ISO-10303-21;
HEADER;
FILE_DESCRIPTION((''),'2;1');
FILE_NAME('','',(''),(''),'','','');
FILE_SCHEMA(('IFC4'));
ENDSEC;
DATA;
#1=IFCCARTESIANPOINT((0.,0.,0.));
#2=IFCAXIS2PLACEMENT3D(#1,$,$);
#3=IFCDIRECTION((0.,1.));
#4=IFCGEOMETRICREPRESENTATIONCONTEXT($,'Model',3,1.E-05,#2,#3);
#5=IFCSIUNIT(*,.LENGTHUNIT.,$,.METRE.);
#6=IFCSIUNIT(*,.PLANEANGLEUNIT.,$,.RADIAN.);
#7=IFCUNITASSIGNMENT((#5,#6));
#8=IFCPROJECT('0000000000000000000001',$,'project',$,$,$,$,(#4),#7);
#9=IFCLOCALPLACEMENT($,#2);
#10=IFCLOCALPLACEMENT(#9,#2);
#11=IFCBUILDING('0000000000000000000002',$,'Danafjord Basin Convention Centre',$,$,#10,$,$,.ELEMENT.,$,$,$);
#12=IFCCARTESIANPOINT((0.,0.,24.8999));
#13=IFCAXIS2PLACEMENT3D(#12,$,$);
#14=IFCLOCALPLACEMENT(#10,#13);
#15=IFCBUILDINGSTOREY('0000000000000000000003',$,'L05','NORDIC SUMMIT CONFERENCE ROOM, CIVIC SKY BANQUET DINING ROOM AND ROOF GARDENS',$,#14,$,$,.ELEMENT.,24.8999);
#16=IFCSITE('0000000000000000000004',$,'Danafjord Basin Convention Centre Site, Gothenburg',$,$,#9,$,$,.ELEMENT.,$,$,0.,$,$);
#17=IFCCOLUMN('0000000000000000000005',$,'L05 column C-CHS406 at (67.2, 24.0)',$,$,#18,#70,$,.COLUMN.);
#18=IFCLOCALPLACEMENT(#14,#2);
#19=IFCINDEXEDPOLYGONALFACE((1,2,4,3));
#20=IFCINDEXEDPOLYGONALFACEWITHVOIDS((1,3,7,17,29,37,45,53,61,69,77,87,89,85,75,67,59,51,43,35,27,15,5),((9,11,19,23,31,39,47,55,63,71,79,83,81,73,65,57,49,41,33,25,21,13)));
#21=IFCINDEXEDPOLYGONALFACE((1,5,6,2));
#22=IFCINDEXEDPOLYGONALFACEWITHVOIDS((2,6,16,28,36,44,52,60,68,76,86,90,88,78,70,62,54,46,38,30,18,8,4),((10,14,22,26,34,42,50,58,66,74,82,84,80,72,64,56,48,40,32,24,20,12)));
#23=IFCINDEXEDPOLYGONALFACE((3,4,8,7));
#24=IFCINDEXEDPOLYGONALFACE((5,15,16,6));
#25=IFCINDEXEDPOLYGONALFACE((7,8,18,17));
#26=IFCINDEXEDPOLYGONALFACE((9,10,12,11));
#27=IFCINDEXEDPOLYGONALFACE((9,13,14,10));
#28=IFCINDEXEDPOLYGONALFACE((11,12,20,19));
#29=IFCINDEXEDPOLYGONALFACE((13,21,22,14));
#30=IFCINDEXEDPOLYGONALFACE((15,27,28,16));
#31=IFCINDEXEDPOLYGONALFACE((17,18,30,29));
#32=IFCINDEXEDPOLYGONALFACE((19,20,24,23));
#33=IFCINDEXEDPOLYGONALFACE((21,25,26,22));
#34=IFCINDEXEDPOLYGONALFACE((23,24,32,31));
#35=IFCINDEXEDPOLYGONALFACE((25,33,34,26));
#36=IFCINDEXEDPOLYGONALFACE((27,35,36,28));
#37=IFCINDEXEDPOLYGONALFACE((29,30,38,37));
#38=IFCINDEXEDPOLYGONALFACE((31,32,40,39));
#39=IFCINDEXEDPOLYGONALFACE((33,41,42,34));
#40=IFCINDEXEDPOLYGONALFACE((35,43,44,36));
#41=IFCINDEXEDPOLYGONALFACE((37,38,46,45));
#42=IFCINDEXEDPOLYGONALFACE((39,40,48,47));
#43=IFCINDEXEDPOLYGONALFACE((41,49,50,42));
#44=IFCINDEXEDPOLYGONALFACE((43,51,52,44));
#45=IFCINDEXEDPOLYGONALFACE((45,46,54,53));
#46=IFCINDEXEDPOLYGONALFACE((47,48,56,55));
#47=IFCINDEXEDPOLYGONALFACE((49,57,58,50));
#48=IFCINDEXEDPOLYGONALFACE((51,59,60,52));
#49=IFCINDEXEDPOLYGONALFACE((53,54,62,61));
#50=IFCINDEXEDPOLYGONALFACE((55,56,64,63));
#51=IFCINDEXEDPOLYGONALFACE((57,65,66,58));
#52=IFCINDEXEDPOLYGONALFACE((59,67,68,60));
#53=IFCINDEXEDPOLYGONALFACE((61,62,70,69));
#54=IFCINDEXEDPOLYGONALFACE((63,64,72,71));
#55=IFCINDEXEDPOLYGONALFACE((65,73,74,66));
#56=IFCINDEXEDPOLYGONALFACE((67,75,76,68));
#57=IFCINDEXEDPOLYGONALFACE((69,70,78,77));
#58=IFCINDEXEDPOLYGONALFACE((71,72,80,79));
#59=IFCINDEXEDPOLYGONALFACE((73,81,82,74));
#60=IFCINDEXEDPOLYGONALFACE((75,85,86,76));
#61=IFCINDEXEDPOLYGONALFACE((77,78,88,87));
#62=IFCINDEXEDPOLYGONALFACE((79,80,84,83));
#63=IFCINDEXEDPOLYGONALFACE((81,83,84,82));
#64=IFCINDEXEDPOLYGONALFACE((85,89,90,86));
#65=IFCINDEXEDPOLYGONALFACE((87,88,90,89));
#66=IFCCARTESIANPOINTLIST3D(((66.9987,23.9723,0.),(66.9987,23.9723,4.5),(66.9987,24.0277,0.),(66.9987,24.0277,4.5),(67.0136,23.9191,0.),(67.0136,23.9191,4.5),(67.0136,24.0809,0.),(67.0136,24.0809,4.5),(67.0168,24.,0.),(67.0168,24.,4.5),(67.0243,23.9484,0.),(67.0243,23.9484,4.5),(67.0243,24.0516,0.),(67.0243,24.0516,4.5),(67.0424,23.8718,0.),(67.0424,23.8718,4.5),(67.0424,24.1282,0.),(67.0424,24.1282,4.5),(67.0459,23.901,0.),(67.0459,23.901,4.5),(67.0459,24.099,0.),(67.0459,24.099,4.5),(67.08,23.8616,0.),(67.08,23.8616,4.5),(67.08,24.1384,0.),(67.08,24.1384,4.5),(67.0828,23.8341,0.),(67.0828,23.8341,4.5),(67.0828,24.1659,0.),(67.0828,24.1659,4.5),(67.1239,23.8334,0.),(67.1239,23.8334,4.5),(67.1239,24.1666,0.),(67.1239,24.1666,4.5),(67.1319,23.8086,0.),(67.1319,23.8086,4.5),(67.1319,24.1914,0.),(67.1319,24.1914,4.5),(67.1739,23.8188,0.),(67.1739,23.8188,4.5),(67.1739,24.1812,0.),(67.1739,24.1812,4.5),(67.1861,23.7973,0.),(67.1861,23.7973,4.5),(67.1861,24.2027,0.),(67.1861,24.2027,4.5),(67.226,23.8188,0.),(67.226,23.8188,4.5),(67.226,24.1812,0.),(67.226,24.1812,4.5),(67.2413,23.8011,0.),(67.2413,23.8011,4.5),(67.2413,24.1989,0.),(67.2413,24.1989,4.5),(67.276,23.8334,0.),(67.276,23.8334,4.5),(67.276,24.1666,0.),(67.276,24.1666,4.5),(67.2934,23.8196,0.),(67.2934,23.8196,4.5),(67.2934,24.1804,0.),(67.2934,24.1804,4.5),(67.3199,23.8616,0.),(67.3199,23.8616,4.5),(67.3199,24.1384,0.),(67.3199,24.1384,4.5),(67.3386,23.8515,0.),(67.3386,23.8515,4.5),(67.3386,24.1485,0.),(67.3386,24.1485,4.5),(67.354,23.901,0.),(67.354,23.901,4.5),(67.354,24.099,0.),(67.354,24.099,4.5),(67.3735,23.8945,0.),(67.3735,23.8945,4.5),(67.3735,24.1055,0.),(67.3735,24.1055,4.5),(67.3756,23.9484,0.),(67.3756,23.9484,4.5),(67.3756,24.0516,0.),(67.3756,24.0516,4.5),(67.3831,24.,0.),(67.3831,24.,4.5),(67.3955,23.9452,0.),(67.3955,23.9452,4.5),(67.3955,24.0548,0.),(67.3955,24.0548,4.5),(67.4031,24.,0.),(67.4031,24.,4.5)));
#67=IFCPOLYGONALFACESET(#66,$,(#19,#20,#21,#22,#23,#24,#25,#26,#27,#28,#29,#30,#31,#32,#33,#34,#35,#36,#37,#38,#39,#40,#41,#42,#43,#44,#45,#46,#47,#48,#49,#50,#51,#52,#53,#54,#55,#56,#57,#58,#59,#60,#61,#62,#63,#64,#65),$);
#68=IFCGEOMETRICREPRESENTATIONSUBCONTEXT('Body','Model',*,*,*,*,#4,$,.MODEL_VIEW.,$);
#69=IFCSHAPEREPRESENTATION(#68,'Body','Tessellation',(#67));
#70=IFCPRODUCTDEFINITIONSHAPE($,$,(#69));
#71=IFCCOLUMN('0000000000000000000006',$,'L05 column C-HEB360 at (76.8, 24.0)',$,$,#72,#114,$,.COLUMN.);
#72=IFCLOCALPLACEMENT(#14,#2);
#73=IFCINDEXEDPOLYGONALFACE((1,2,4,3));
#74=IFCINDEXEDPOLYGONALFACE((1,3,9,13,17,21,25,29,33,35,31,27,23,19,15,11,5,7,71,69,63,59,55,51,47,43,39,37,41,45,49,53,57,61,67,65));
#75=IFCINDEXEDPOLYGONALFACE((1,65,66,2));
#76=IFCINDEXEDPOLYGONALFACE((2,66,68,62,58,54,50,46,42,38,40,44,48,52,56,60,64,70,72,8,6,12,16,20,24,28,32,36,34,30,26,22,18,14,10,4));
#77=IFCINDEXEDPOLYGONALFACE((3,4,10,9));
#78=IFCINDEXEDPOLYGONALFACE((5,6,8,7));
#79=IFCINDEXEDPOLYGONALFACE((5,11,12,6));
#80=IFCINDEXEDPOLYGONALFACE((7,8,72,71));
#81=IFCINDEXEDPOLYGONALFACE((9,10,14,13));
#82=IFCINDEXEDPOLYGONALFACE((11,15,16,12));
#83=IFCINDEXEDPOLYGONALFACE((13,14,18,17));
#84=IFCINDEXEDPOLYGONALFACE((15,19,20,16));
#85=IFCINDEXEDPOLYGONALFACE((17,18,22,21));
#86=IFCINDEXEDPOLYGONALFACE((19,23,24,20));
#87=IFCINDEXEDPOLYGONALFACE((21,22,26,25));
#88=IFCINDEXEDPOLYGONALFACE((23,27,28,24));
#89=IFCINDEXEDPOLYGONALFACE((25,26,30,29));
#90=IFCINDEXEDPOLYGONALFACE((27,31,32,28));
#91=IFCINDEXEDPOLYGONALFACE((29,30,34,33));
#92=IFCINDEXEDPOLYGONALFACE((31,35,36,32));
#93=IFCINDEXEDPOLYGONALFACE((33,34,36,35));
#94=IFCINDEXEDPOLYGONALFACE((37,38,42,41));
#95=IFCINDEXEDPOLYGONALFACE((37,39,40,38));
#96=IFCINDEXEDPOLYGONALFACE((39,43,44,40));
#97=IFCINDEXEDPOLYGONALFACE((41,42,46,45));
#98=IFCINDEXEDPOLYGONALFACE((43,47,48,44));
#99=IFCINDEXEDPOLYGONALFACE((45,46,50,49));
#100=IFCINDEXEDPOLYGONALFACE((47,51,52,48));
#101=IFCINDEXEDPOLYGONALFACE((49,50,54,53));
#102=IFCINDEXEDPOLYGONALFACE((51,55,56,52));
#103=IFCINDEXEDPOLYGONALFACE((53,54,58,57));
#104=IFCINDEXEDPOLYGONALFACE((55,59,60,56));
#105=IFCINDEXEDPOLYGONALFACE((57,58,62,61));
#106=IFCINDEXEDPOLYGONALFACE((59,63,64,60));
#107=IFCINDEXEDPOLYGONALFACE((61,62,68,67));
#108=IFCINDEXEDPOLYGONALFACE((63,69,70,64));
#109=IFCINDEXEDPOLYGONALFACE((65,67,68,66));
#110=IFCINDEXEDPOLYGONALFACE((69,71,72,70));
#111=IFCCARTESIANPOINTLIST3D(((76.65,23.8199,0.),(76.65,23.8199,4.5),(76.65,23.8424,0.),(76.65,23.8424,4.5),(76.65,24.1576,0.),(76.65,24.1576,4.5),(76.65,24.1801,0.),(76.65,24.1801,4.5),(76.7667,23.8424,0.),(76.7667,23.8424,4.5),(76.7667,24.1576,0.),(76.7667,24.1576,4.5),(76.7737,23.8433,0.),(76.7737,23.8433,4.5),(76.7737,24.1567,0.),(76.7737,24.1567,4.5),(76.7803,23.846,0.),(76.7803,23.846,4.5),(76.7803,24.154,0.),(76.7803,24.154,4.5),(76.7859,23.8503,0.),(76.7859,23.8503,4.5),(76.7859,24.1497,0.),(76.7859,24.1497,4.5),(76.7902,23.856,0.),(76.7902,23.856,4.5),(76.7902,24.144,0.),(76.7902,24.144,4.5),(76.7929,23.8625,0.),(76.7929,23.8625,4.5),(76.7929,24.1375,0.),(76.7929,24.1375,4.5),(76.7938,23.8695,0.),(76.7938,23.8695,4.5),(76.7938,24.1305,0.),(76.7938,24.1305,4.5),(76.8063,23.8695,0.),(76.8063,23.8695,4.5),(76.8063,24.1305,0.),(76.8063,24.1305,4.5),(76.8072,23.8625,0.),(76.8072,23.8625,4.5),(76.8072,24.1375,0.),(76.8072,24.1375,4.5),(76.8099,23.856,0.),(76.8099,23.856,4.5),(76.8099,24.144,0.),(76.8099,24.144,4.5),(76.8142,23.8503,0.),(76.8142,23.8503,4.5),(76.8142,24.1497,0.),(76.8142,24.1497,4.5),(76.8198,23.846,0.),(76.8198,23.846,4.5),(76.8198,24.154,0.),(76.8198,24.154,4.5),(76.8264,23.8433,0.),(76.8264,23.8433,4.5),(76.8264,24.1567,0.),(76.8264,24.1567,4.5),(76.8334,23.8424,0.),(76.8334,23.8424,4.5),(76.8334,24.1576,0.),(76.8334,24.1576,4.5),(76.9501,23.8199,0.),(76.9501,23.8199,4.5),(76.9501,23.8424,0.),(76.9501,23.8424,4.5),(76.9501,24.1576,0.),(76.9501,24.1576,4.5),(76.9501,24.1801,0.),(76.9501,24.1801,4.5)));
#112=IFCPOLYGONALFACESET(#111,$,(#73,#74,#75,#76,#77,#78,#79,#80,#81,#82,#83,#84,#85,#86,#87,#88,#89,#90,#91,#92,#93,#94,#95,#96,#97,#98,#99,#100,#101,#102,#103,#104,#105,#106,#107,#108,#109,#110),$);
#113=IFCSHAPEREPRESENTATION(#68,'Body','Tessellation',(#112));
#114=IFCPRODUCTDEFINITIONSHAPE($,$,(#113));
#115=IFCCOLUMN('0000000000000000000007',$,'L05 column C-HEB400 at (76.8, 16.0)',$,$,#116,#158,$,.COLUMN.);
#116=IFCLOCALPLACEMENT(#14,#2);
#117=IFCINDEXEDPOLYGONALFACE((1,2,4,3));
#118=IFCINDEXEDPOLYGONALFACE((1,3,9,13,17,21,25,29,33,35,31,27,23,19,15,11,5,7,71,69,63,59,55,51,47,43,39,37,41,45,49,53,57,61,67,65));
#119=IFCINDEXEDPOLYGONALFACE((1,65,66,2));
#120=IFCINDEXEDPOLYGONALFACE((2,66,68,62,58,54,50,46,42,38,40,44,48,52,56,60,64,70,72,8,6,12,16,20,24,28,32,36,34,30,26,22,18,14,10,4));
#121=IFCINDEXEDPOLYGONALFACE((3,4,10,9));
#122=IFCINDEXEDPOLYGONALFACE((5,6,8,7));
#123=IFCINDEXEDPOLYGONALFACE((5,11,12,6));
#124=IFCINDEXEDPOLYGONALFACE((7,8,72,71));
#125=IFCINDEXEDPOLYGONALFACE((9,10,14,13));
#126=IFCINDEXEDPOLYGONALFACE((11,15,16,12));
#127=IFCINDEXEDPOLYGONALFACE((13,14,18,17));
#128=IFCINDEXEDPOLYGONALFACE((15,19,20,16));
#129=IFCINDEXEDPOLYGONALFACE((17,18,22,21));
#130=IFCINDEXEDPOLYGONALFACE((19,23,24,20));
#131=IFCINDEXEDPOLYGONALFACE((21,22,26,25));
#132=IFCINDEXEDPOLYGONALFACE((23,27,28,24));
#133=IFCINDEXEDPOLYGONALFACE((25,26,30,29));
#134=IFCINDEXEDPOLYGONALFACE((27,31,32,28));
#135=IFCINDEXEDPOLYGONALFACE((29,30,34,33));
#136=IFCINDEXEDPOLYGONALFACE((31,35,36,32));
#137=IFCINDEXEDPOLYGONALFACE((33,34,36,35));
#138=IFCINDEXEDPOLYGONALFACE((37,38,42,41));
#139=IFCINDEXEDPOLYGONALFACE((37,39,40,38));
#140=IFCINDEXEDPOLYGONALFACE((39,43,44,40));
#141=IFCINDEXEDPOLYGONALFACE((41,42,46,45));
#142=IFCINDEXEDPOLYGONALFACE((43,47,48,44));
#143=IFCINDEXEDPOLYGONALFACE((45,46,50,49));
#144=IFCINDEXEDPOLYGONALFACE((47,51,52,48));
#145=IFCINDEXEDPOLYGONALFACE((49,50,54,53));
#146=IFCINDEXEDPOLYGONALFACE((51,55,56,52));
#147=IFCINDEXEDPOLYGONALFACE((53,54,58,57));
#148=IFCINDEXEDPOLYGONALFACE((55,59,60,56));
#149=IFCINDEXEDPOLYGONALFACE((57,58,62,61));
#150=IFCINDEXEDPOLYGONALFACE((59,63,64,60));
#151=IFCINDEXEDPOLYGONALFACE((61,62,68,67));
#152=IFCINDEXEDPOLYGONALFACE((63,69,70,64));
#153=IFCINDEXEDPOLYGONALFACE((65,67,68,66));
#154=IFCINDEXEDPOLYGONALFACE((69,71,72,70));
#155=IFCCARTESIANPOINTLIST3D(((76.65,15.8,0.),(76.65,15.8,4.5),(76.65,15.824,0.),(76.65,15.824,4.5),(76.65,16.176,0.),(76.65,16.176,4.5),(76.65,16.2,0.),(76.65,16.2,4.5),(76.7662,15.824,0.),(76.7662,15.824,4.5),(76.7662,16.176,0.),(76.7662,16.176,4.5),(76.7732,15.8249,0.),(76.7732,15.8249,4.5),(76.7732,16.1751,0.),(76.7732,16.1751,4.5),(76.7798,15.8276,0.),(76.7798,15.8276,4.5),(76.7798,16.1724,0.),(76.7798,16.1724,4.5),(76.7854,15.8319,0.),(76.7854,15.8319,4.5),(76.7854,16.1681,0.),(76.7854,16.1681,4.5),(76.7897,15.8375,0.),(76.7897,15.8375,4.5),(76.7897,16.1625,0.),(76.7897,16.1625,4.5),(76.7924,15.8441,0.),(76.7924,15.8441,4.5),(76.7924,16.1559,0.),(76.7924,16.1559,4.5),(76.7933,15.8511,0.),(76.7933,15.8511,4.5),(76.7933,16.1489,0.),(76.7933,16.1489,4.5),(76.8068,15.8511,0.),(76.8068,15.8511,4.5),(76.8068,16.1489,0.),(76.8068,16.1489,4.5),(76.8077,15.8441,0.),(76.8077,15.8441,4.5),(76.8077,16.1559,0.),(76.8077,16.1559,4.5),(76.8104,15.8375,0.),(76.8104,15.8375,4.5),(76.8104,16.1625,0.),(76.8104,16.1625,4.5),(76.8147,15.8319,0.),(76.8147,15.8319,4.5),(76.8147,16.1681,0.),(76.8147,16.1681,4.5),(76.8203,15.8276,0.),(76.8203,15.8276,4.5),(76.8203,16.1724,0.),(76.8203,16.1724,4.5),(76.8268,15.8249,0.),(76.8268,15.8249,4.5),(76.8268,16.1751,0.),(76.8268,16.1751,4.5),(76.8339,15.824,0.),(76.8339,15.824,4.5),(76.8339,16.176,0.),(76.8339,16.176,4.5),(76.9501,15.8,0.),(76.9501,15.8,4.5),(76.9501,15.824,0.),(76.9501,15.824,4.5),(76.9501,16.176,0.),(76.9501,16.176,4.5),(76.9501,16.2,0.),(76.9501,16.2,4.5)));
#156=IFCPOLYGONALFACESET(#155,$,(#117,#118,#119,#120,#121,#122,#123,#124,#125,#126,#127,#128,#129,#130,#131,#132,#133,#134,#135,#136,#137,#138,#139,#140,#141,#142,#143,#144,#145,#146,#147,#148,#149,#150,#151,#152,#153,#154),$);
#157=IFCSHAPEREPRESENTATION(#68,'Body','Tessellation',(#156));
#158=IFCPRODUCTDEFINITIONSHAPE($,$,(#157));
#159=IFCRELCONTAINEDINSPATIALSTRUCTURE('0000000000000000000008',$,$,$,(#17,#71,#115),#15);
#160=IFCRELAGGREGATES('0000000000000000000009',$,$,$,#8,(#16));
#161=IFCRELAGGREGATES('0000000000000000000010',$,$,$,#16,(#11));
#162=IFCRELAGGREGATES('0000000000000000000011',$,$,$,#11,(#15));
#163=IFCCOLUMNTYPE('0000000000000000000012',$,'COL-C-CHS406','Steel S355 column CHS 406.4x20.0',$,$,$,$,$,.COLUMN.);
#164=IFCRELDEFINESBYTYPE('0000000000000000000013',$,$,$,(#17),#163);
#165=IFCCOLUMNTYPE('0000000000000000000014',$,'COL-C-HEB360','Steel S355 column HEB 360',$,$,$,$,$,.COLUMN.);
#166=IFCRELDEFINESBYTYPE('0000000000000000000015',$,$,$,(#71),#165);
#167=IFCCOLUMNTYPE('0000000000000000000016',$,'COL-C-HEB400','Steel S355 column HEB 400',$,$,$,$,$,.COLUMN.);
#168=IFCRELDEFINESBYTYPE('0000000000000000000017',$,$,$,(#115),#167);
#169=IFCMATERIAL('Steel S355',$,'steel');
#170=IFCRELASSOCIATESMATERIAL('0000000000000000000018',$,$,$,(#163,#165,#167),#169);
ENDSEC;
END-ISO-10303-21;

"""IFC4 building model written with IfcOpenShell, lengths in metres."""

from ifc_helpers import new_model, si_unit, direction, frame, origin, origin_2d, place, context, subcontext, project, spatial, hollow_circle, i_section, extrude, material, material_profile, profile_set, type_object, element, save


model = new_model("IFC4")

# Units and contexts
model_context = context("Model", 3, precision=1e-05, world=origin(), true_north=direction((0.0, 1.0)))
body_context = subcontext(model_context, "Body", "Model", "MODEL_VIEW")
ifc_project = project(units=[si_unit("LENGTHUNIT", "METRE"), si_unit("PLANEANGLEUNIT", "RADIAN")], contexts=[model_context])

# Site, building, storey
site_placement = place(None, origin())
site = spatial("IfcSite", under=ifc_project, at=site_placement, Name="Danafjord Basin Convention Centre Site, Gothenburg", CompositionType="ELEMENT", RefElevation=0.0)
building_placement = place(site_placement, origin())
building = spatial("IfcBuilding", under=site, at=building_placement, Name="Danafjord Basin Convention Centre", CompositionType="ELEMENT")
storey_placement = place(building_placement, frame((0.0, 0.0, 24.8999)))
storey = spatial("IfcBuildingStorey", under=building, at=storey_placement, Name="L05", Description="NORDIC SUMMIT CONFERENCE ROOM, CIVIC SKY BANQUET DINING ROOM AND ROOF GARDENS", CompositionType="ELEMENT", Elevation=24.8999)

# Columns
ifc_material_1 = material(Name="Steel S355", Category="steel")
ifc_material_profile_1 = material_profile(ifc_material_1, hollow_circle(Radius=0.2031, WallThickness=0.02, at=origin_2d()), Name="CHS 406.4x20.0")
ifc_profile_set_1 = profile_set([ifc_material_profile_1], Name="Steel S355")
column_type_1 = type_object("IfcColumnType", Name="COL-C-CHS406", Description="Steel S355 column CHS 406.4x20.0", PredefinedType="COLUMN", material=ifc_profile_set_1)
column_1_placement = place(storey_placement, frame((67.2, 24.0, 0.0), z_axis=(0.0, 0.0, 1.0), x_axis=(1.0, 0.0, 0.0)))
element("IfcColumn", 1, at=column_1_placement, inside=storey, type_object=column_type_1, Name="L05 column C-CHS406 at (67.2, 24.0)", PredefinedType="COLUMN", context=body_context, shape_type="SweptSolid", body=[
    extrude(hollow_circle(Radius=0.2031, WallThickness=0.02, at=origin_2d()), origin(), (0.0, 0.0, 1.0), 4.5),
])
ifc_material_profile_2 = material_profile(ifc_material_1, i_section(OverallWidth=0.3, OverallDepth=0.3601, WebThickness=0.0125, FlangeThickness=0.0225, FilletRadius=0.0271, at=origin_2d()), Name="HEB 360")
ifc_profile_set_2 = profile_set([ifc_material_profile_2], Name="Steel S355")
column_type_2 = type_object("IfcColumnType", Name="COL-C-HEB360", Description="Steel S355 column HEB 360", PredefinedType="COLUMN", material=ifc_profile_set_2)
column_2_placement = place(storey_placement, frame((76.8, 24.0, 0.0), z_axis=(0.0, 0.0, 1.0), x_axis=(1.0, 0.0, 0.0)))
element("IfcColumn", 2, at=column_2_placement, inside=storey, type_object=column_type_2, Name="L05 column C-HEB360 at (76.8, 24.0)", PredefinedType="COLUMN", context=body_context, shape_type="SweptSolid", body=[
    extrude(i_section(OverallWidth=0.3, OverallDepth=0.3601, WebThickness=0.0125, FlangeThickness=0.0225, FilletRadius=0.0271, at=origin_2d()), origin(), (0.0, 0.0, 1.0), 4.5),
])
ifc_material_profile_3 = material_profile(ifc_material_1, i_section(OverallWidth=0.3, OverallDepth=0.3999, WebThickness=0.0134, FlangeThickness=0.0239, FilletRadius=0.0271, at=origin_2d()), Name="HEB 400")
ifc_profile_set_3 = profile_set([ifc_material_profile_3], Name="Steel S355")
column_type_3 = type_object("IfcColumnType", Name="COL-C-HEB400", Description="Steel S355 column HEB 400", PredefinedType="COLUMN", material=ifc_profile_set_3)
column_3_placement = place(storey_placement, frame((76.8, 16.0, 0.0), z_axis=(0.0, 0.0, 1.0), x_axis=(1.0, 0.0, 0.0)))
element("IfcColumn", 3, at=column_3_placement, inside=storey, type_object=column_type_3, Name="L05 column C-HEB400 at (76.8, 16.0)", PredefinedType="COLUMN", context=body_context, shape_type="SweptSolid", body=[
    extrude(i_section(OverallWidth=0.3, OverallDepth=0.3999, WebThickness=0.0134, FlangeThickness=0.0239, FilletRadius=0.0271, at=origin_2d()), origin(), (0.0, 0.0, 1.0), 4.5),
])

save(model, "model.ifc")
